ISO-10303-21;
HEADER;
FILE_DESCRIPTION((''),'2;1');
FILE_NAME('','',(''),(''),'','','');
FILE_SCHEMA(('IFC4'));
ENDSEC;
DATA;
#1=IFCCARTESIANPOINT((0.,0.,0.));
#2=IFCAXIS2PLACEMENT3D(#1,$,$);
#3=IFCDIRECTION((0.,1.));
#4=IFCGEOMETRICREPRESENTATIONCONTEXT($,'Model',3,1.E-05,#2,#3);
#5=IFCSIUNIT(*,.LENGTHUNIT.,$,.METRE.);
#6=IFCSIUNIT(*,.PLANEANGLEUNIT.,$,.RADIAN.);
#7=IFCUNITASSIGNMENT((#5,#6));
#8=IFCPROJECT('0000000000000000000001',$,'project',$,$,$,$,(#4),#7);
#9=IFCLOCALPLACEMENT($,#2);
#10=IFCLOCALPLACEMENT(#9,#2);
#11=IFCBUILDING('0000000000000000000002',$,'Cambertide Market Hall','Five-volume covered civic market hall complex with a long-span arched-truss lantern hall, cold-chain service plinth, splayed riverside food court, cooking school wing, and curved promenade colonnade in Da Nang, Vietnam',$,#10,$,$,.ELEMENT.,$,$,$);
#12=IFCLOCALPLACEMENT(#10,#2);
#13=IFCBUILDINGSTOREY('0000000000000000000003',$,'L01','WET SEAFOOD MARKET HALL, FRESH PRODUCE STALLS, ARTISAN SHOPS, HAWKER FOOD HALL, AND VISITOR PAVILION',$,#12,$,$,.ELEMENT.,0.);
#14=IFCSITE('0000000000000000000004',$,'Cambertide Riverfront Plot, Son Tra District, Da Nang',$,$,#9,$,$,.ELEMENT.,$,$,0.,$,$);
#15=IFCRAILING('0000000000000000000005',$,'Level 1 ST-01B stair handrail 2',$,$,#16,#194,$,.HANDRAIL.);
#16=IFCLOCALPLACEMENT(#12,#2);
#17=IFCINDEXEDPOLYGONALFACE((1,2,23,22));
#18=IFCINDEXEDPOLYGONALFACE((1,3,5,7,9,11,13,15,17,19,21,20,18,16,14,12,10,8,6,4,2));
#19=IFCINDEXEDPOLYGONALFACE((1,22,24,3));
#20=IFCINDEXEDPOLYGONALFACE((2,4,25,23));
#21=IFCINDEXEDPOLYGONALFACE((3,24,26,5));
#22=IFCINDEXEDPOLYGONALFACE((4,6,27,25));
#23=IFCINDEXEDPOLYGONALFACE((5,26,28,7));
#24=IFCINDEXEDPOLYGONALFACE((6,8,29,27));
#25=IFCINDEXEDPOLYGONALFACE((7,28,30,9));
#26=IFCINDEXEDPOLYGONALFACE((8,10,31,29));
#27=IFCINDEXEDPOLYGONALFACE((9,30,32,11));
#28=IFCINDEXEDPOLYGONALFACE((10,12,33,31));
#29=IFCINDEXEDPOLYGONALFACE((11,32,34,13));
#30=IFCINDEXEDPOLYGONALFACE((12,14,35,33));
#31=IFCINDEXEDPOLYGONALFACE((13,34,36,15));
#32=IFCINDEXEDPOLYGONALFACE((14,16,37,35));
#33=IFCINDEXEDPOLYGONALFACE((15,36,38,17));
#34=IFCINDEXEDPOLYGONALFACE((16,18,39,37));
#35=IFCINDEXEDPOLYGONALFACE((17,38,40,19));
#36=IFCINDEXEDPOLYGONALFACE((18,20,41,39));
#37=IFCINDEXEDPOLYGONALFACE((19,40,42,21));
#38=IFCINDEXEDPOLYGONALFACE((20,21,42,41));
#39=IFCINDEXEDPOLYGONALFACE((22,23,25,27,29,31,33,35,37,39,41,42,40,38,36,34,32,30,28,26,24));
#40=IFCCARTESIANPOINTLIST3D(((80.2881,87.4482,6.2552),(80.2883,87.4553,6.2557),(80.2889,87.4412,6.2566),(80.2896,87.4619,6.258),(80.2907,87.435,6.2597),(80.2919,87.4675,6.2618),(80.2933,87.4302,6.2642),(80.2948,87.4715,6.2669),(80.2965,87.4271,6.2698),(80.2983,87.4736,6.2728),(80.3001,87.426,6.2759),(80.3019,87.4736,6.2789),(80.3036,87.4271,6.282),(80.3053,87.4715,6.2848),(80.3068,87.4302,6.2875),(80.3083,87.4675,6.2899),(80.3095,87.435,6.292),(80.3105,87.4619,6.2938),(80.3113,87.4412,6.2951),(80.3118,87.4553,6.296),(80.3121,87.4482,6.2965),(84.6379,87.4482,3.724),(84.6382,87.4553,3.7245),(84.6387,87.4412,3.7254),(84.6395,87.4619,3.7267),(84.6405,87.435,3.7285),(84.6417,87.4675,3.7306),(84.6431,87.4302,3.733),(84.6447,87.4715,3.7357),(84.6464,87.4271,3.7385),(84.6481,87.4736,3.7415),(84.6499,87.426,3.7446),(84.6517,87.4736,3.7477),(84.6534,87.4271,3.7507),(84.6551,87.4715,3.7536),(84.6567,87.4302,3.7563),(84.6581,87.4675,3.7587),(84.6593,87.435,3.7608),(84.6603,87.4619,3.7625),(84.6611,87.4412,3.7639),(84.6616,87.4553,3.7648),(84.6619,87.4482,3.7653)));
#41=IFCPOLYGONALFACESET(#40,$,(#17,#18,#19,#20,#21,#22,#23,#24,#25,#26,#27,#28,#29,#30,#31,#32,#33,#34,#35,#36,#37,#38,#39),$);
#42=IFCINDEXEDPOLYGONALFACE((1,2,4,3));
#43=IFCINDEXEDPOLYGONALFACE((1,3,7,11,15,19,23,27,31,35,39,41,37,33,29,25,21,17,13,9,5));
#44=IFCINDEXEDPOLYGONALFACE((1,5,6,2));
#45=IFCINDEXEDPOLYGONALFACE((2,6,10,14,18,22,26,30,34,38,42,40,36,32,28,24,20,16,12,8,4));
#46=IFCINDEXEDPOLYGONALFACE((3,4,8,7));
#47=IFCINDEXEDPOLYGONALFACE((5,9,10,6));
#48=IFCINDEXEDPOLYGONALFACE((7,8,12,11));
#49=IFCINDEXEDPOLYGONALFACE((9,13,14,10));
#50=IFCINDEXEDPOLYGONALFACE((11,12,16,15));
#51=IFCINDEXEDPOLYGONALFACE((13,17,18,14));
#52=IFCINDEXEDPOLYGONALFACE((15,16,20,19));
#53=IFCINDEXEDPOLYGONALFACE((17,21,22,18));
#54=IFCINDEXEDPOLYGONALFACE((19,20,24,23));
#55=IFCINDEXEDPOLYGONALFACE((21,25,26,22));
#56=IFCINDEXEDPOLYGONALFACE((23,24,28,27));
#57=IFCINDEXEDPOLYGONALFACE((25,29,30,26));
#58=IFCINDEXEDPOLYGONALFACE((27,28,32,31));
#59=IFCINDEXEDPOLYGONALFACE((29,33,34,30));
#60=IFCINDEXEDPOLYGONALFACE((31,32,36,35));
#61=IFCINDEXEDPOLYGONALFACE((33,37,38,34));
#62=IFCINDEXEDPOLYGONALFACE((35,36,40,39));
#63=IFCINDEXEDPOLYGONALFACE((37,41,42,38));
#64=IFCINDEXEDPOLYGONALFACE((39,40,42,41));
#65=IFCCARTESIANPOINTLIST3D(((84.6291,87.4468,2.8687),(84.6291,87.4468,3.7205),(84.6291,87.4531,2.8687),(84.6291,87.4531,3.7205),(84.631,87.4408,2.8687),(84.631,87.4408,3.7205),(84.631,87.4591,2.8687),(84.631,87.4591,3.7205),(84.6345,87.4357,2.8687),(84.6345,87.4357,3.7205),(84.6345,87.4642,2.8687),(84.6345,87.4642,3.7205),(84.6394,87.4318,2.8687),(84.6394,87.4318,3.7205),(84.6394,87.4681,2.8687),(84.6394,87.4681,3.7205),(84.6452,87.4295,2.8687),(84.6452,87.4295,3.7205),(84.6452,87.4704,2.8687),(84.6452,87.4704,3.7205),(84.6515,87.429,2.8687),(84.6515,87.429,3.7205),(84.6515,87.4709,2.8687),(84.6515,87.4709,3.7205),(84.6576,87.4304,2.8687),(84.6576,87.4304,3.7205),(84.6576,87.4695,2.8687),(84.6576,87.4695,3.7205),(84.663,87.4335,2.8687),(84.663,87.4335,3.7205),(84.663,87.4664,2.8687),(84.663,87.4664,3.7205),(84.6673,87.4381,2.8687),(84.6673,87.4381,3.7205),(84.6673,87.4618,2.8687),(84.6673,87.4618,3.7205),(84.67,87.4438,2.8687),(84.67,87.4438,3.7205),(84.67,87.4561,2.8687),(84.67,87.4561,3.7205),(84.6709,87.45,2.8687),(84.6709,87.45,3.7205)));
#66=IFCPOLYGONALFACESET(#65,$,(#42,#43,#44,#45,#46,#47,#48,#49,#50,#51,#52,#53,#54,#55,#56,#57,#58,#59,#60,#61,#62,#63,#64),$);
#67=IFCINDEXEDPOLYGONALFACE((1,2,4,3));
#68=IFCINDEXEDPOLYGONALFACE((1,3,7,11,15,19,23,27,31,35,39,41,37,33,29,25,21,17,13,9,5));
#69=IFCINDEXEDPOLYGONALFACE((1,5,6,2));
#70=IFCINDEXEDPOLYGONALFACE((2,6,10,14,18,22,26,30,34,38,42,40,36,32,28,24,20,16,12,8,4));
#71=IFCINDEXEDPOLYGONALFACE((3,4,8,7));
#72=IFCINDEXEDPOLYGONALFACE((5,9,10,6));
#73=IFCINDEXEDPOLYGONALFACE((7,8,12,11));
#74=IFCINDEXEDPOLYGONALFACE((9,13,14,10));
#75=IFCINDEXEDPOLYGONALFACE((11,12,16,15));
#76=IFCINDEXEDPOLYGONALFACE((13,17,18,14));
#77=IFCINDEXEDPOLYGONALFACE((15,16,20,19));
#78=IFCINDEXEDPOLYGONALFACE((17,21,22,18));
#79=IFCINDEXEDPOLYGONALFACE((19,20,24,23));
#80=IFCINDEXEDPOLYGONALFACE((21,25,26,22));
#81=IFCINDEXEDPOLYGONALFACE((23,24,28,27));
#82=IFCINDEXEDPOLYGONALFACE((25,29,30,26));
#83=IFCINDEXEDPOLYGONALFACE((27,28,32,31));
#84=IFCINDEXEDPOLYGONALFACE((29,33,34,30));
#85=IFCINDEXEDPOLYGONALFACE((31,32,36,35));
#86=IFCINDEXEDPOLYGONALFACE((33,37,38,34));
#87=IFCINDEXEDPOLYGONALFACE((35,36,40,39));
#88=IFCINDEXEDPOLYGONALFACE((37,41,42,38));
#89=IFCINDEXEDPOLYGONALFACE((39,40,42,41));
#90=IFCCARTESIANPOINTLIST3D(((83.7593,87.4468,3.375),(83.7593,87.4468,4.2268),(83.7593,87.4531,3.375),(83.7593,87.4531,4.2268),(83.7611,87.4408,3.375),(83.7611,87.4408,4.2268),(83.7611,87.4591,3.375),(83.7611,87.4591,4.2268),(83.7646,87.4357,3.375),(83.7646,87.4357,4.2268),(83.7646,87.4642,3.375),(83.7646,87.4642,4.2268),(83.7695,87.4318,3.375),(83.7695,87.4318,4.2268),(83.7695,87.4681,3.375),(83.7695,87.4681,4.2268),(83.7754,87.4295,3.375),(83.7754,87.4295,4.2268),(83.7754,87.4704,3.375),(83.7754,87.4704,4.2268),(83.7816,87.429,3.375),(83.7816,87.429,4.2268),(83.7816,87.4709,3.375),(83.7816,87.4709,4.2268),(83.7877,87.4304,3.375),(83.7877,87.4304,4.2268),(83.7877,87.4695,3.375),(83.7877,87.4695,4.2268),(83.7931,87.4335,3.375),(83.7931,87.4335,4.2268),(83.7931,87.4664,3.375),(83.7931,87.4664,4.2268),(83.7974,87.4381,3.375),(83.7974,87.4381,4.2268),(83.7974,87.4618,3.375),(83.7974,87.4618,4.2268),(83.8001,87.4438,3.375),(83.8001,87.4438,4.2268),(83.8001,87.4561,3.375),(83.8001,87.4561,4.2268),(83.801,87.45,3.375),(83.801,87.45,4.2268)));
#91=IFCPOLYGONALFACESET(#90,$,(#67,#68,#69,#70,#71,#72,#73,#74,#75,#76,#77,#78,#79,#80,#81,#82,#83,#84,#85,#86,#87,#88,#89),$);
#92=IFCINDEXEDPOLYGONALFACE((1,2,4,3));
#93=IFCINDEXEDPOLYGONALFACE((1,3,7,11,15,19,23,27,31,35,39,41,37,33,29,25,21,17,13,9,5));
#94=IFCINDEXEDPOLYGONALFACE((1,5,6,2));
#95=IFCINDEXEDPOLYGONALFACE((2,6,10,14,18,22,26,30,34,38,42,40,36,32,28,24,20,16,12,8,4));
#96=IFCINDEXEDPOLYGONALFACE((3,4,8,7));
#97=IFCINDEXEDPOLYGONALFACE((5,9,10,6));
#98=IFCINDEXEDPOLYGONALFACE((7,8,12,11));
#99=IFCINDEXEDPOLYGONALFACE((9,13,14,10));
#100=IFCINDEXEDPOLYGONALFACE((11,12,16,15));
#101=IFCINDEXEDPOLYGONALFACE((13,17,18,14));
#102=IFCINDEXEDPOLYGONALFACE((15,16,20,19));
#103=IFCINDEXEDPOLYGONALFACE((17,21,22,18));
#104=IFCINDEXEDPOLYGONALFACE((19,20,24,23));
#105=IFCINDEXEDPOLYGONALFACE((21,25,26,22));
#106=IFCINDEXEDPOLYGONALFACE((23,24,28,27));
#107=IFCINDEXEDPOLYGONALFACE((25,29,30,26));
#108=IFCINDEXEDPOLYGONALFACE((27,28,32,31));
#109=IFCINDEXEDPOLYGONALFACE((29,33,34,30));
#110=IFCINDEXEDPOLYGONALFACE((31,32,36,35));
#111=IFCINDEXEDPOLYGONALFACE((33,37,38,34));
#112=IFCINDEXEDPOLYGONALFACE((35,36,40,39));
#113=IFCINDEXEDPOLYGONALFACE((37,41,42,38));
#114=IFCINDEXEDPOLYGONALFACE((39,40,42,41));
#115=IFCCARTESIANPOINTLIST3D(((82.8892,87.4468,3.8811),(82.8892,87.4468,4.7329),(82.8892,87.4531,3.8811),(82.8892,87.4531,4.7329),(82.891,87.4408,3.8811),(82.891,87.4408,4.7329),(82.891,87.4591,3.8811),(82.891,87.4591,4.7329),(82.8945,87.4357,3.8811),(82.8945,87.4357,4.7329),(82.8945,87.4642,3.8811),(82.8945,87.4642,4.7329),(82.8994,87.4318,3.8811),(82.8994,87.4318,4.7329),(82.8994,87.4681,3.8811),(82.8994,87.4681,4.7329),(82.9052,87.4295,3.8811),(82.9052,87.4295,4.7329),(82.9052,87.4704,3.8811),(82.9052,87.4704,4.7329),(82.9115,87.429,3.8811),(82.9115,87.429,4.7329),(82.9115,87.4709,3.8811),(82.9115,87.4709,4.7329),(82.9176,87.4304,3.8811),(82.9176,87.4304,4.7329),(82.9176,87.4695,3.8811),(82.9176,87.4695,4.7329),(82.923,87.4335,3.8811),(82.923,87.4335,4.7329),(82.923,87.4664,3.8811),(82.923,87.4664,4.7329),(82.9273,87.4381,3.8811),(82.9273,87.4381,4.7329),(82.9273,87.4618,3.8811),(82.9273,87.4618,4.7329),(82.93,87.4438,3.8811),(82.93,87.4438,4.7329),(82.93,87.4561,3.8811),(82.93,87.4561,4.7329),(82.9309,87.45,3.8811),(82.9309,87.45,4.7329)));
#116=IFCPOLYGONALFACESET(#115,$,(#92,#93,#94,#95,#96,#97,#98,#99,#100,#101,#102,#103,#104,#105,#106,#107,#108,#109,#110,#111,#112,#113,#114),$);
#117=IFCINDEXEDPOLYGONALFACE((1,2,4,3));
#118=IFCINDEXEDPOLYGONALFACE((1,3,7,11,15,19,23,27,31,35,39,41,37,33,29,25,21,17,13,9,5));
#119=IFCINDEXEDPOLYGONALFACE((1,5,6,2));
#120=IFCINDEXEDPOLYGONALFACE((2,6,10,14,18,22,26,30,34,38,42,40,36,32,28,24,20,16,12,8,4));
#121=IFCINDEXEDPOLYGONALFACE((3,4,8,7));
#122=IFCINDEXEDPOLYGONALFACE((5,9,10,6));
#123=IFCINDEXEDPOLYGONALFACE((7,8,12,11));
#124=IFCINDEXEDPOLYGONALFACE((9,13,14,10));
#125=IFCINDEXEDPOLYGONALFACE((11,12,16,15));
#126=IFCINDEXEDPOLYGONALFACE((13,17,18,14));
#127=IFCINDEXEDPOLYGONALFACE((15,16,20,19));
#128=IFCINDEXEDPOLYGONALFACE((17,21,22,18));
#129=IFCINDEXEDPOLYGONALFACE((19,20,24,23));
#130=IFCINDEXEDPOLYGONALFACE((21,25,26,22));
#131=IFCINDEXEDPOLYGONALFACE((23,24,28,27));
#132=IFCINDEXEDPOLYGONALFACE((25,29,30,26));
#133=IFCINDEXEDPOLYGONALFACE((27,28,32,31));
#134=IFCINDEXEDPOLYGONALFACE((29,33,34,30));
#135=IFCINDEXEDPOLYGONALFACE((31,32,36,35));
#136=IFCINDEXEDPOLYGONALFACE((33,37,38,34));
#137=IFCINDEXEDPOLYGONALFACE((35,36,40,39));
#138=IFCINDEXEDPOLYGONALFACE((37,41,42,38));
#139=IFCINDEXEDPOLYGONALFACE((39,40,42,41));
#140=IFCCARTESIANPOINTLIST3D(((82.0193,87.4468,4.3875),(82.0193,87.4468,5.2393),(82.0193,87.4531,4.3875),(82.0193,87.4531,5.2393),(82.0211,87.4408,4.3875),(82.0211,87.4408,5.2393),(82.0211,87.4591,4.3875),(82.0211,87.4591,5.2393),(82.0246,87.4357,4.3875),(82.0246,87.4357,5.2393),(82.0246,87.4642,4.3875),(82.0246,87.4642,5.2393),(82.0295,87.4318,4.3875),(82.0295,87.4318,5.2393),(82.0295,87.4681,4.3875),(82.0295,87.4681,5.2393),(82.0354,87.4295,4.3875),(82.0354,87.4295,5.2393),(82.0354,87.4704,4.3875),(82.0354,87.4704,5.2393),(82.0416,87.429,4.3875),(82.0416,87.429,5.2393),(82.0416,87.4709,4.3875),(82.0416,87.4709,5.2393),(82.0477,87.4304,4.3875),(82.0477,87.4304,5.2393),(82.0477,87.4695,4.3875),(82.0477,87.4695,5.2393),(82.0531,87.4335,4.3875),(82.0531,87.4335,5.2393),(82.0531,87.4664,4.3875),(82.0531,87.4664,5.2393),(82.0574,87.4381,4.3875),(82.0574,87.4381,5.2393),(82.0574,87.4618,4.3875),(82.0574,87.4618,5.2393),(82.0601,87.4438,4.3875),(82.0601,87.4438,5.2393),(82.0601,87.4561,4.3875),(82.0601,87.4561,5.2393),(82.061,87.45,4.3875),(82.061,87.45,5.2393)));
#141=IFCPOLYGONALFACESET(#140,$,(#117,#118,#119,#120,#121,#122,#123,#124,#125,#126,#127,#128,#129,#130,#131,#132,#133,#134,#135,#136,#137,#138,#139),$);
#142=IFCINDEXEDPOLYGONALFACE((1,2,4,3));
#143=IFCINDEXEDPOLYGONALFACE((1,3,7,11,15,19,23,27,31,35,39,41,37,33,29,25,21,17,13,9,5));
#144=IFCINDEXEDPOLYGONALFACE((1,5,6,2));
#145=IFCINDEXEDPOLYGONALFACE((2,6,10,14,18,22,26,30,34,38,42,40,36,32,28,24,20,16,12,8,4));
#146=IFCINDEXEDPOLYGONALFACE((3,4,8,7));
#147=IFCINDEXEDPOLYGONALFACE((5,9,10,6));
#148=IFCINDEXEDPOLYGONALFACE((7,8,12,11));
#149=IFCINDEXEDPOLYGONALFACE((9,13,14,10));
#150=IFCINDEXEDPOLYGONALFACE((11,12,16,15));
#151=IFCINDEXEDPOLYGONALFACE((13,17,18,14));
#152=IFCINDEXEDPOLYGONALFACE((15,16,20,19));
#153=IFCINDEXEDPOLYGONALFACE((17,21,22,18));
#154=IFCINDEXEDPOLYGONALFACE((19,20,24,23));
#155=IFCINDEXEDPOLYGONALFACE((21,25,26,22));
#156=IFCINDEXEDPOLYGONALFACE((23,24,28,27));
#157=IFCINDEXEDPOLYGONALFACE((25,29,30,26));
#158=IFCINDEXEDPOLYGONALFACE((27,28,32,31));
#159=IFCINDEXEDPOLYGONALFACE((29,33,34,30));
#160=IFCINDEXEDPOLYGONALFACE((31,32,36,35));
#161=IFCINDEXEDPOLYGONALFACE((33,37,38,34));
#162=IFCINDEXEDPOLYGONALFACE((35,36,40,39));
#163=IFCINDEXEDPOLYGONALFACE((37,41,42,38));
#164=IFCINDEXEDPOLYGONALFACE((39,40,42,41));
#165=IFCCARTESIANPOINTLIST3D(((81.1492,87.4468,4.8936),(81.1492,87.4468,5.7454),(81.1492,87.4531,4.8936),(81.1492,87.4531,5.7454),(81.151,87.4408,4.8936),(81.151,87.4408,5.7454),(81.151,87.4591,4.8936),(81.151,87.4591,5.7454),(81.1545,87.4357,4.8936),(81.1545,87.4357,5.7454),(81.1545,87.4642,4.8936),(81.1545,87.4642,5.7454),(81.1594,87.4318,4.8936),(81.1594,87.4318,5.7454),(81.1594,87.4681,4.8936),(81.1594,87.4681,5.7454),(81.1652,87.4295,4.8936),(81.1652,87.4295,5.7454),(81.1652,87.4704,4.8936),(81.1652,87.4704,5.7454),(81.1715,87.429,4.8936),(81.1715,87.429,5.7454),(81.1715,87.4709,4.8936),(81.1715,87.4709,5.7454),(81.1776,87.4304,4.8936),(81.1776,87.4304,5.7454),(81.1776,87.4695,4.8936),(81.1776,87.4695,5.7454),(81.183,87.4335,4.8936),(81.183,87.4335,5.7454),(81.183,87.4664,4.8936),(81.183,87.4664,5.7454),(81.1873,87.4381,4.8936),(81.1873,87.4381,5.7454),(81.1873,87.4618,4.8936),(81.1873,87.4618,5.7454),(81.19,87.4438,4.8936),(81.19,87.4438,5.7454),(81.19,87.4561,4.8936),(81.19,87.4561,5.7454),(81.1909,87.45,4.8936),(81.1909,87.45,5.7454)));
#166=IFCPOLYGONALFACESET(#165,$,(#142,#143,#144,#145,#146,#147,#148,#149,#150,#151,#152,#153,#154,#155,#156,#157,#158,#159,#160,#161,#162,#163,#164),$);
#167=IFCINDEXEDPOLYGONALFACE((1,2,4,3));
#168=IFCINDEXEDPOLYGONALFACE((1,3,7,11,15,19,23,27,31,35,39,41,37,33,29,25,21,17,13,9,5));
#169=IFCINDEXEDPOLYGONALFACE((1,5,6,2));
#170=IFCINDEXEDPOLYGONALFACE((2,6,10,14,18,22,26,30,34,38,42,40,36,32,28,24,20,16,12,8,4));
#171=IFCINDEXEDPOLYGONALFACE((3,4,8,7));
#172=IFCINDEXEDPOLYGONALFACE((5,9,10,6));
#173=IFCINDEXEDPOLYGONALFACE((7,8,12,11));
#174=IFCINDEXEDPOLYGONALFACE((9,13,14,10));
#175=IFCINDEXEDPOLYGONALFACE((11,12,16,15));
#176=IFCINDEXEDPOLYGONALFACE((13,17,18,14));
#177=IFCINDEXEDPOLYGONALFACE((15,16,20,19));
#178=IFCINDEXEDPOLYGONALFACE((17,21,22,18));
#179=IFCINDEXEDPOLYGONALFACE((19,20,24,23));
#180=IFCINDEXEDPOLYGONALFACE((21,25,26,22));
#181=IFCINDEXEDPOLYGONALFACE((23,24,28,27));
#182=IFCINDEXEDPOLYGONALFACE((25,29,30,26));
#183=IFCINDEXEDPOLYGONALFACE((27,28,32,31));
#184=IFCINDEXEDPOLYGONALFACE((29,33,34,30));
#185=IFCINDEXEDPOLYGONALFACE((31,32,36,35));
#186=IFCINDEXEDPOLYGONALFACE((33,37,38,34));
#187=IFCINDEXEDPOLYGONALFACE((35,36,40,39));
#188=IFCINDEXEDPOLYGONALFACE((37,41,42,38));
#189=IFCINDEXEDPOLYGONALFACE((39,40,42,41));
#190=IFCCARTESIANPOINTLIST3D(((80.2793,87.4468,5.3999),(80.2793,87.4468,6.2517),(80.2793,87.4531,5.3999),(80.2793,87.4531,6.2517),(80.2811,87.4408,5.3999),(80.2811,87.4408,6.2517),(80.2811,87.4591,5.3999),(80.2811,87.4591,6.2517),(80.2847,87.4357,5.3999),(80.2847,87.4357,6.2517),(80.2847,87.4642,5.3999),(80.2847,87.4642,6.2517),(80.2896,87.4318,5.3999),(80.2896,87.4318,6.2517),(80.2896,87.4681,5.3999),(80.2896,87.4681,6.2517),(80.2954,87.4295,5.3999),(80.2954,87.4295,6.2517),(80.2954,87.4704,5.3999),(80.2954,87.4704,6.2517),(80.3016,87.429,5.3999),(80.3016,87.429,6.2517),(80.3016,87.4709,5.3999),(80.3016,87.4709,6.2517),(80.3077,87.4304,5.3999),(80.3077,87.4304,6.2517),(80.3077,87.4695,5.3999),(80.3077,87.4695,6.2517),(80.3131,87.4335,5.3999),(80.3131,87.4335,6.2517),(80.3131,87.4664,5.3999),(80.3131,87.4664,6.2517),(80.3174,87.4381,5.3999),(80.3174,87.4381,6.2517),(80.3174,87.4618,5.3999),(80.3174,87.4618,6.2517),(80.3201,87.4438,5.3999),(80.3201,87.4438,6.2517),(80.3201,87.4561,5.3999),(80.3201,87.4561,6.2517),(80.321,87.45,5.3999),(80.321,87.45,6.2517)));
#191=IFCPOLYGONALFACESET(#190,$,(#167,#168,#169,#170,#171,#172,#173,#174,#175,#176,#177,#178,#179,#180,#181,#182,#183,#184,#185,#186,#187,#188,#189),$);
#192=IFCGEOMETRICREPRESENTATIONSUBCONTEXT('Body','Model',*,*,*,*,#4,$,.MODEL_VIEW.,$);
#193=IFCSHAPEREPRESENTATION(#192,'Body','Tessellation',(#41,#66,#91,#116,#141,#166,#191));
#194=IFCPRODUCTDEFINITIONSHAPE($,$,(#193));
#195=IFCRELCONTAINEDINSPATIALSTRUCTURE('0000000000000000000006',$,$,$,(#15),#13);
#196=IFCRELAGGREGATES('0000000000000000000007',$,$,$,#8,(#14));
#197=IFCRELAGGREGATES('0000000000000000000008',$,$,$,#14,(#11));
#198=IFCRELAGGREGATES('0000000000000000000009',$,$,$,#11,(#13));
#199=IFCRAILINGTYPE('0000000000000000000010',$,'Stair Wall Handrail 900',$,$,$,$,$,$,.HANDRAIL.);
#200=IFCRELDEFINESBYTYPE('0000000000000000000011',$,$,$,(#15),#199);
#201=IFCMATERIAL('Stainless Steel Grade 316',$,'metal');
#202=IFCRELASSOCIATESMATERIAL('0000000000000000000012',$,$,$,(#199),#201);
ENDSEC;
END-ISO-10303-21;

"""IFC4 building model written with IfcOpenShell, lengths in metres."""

from ifc_helpers import new_model, si_unit, direction, frame, origin, origin_2d, place, context, subcontext, project, spatial, circle, extrude, material, type_object, element, save


model = new_model("IFC4")

# Units and contexts
model_context = context("Model", 3, precision=1e-05, world=origin(), true_north=direction((0.0, 1.0)))
body_context = subcontext(model_context, "Body", "Model", "MODEL_VIEW")
ifc_project = project(units=[si_unit("LENGTHUNIT", "METRE"), si_unit("PLANEANGLEUNIT", "RADIAN")], contexts=[model_context])

# Site, building, storey
site_placement = place(None, origin())
site = spatial("IfcSite", under=ifc_project, at=site_placement, Name="Cambertide Riverfront Plot, Son Tra District, Da Nang", CompositionType="ELEMENT", RefElevation=0.0)
building_placement = place(site_placement, origin())
building = spatial("IfcBuilding", under=site, at=building_placement, Name="Cambertide Market Hall", Description="Five-volume covered civic market hall complex with a long-span arched-truss lantern hall, cold-chain service plinth, splayed riverside food court, cooking school wing, and curved promenade colonnade in Da Nang, Vietnam", CompositionType="ELEMENT")
storey_placement = place(building_placement, origin())
storey = spatial("IfcBuildingStorey", under=building, at=storey_placement, Name="L01", Description="WET SEAFOOD MARKET HALL, FRESH PRODUCE STALLS, ARTISAN SHOPS, HAWKER FOOD HALL, AND VISITOR PAVILION", CompositionType="ELEMENT", Elevation=0.0)

# Railing
ifc_material_1 = material(Name="Stainless Steel Grade 316", Category="metal")
railing_type_1 = type_object("IfcRailingType", Name="Stair Wall Handrail 900", PredefinedType="HANDRAIL", material=ifc_material_1)
railing_1_placement = place(storey_placement, frame((84.6499, 87.45, 2.8687)))
element("IfcRailing", 1, at=railing_1_placement, inside=storey, type_object=railing_type_1, Name="Level 1 ST-01B stair handrail 2", PredefinedType="HANDRAIL", context=body_context, shape_type="SweptSolid", body=[
    extrude(circle(Radius=0.0239, at=origin_2d()), frame((0.0, 0.0, 0.876), z_axis=(-0.864312, 0.0, 0.502957), x_axis=(0.0, -1.0, 0.0)), (0.0, 0.0, 1.0), 5.0327),
    extrude(circle(Radius=0.021, at=origin_2d()), origin(), (0.0, 0.0, 1.0), 0.8518),
    extrude(circle(Radius=0.021, at=origin_2d()), frame((-0.8699, 0.0, 0.5063)), (0.0, 0.0, 1.0), 0.8518),
    extrude(circle(Radius=0.021, at=origin_2d()), frame((-1.74, 0.0, 1.0125)), (0.0, 0.0, 1.0), 0.8518),
    extrude(circle(Radius=0.021, at=origin_2d()), frame((-2.6099, 0.0, 1.5188)), (0.0, 0.0, 1.0), 0.8518),
    extrude(circle(Radius=0.021, at=origin_2d()), frame((-3.48, 0.0, 2.0249)), (0.0, 0.0, 1.0), 0.8518),
    extrude(circle(Radius=0.021, at=origin_2d()), frame((-4.3499, 0.0, 2.5312)), (0.0, 0.0, 1.0), 0.8518),
])

save(model, "model.ifc")
